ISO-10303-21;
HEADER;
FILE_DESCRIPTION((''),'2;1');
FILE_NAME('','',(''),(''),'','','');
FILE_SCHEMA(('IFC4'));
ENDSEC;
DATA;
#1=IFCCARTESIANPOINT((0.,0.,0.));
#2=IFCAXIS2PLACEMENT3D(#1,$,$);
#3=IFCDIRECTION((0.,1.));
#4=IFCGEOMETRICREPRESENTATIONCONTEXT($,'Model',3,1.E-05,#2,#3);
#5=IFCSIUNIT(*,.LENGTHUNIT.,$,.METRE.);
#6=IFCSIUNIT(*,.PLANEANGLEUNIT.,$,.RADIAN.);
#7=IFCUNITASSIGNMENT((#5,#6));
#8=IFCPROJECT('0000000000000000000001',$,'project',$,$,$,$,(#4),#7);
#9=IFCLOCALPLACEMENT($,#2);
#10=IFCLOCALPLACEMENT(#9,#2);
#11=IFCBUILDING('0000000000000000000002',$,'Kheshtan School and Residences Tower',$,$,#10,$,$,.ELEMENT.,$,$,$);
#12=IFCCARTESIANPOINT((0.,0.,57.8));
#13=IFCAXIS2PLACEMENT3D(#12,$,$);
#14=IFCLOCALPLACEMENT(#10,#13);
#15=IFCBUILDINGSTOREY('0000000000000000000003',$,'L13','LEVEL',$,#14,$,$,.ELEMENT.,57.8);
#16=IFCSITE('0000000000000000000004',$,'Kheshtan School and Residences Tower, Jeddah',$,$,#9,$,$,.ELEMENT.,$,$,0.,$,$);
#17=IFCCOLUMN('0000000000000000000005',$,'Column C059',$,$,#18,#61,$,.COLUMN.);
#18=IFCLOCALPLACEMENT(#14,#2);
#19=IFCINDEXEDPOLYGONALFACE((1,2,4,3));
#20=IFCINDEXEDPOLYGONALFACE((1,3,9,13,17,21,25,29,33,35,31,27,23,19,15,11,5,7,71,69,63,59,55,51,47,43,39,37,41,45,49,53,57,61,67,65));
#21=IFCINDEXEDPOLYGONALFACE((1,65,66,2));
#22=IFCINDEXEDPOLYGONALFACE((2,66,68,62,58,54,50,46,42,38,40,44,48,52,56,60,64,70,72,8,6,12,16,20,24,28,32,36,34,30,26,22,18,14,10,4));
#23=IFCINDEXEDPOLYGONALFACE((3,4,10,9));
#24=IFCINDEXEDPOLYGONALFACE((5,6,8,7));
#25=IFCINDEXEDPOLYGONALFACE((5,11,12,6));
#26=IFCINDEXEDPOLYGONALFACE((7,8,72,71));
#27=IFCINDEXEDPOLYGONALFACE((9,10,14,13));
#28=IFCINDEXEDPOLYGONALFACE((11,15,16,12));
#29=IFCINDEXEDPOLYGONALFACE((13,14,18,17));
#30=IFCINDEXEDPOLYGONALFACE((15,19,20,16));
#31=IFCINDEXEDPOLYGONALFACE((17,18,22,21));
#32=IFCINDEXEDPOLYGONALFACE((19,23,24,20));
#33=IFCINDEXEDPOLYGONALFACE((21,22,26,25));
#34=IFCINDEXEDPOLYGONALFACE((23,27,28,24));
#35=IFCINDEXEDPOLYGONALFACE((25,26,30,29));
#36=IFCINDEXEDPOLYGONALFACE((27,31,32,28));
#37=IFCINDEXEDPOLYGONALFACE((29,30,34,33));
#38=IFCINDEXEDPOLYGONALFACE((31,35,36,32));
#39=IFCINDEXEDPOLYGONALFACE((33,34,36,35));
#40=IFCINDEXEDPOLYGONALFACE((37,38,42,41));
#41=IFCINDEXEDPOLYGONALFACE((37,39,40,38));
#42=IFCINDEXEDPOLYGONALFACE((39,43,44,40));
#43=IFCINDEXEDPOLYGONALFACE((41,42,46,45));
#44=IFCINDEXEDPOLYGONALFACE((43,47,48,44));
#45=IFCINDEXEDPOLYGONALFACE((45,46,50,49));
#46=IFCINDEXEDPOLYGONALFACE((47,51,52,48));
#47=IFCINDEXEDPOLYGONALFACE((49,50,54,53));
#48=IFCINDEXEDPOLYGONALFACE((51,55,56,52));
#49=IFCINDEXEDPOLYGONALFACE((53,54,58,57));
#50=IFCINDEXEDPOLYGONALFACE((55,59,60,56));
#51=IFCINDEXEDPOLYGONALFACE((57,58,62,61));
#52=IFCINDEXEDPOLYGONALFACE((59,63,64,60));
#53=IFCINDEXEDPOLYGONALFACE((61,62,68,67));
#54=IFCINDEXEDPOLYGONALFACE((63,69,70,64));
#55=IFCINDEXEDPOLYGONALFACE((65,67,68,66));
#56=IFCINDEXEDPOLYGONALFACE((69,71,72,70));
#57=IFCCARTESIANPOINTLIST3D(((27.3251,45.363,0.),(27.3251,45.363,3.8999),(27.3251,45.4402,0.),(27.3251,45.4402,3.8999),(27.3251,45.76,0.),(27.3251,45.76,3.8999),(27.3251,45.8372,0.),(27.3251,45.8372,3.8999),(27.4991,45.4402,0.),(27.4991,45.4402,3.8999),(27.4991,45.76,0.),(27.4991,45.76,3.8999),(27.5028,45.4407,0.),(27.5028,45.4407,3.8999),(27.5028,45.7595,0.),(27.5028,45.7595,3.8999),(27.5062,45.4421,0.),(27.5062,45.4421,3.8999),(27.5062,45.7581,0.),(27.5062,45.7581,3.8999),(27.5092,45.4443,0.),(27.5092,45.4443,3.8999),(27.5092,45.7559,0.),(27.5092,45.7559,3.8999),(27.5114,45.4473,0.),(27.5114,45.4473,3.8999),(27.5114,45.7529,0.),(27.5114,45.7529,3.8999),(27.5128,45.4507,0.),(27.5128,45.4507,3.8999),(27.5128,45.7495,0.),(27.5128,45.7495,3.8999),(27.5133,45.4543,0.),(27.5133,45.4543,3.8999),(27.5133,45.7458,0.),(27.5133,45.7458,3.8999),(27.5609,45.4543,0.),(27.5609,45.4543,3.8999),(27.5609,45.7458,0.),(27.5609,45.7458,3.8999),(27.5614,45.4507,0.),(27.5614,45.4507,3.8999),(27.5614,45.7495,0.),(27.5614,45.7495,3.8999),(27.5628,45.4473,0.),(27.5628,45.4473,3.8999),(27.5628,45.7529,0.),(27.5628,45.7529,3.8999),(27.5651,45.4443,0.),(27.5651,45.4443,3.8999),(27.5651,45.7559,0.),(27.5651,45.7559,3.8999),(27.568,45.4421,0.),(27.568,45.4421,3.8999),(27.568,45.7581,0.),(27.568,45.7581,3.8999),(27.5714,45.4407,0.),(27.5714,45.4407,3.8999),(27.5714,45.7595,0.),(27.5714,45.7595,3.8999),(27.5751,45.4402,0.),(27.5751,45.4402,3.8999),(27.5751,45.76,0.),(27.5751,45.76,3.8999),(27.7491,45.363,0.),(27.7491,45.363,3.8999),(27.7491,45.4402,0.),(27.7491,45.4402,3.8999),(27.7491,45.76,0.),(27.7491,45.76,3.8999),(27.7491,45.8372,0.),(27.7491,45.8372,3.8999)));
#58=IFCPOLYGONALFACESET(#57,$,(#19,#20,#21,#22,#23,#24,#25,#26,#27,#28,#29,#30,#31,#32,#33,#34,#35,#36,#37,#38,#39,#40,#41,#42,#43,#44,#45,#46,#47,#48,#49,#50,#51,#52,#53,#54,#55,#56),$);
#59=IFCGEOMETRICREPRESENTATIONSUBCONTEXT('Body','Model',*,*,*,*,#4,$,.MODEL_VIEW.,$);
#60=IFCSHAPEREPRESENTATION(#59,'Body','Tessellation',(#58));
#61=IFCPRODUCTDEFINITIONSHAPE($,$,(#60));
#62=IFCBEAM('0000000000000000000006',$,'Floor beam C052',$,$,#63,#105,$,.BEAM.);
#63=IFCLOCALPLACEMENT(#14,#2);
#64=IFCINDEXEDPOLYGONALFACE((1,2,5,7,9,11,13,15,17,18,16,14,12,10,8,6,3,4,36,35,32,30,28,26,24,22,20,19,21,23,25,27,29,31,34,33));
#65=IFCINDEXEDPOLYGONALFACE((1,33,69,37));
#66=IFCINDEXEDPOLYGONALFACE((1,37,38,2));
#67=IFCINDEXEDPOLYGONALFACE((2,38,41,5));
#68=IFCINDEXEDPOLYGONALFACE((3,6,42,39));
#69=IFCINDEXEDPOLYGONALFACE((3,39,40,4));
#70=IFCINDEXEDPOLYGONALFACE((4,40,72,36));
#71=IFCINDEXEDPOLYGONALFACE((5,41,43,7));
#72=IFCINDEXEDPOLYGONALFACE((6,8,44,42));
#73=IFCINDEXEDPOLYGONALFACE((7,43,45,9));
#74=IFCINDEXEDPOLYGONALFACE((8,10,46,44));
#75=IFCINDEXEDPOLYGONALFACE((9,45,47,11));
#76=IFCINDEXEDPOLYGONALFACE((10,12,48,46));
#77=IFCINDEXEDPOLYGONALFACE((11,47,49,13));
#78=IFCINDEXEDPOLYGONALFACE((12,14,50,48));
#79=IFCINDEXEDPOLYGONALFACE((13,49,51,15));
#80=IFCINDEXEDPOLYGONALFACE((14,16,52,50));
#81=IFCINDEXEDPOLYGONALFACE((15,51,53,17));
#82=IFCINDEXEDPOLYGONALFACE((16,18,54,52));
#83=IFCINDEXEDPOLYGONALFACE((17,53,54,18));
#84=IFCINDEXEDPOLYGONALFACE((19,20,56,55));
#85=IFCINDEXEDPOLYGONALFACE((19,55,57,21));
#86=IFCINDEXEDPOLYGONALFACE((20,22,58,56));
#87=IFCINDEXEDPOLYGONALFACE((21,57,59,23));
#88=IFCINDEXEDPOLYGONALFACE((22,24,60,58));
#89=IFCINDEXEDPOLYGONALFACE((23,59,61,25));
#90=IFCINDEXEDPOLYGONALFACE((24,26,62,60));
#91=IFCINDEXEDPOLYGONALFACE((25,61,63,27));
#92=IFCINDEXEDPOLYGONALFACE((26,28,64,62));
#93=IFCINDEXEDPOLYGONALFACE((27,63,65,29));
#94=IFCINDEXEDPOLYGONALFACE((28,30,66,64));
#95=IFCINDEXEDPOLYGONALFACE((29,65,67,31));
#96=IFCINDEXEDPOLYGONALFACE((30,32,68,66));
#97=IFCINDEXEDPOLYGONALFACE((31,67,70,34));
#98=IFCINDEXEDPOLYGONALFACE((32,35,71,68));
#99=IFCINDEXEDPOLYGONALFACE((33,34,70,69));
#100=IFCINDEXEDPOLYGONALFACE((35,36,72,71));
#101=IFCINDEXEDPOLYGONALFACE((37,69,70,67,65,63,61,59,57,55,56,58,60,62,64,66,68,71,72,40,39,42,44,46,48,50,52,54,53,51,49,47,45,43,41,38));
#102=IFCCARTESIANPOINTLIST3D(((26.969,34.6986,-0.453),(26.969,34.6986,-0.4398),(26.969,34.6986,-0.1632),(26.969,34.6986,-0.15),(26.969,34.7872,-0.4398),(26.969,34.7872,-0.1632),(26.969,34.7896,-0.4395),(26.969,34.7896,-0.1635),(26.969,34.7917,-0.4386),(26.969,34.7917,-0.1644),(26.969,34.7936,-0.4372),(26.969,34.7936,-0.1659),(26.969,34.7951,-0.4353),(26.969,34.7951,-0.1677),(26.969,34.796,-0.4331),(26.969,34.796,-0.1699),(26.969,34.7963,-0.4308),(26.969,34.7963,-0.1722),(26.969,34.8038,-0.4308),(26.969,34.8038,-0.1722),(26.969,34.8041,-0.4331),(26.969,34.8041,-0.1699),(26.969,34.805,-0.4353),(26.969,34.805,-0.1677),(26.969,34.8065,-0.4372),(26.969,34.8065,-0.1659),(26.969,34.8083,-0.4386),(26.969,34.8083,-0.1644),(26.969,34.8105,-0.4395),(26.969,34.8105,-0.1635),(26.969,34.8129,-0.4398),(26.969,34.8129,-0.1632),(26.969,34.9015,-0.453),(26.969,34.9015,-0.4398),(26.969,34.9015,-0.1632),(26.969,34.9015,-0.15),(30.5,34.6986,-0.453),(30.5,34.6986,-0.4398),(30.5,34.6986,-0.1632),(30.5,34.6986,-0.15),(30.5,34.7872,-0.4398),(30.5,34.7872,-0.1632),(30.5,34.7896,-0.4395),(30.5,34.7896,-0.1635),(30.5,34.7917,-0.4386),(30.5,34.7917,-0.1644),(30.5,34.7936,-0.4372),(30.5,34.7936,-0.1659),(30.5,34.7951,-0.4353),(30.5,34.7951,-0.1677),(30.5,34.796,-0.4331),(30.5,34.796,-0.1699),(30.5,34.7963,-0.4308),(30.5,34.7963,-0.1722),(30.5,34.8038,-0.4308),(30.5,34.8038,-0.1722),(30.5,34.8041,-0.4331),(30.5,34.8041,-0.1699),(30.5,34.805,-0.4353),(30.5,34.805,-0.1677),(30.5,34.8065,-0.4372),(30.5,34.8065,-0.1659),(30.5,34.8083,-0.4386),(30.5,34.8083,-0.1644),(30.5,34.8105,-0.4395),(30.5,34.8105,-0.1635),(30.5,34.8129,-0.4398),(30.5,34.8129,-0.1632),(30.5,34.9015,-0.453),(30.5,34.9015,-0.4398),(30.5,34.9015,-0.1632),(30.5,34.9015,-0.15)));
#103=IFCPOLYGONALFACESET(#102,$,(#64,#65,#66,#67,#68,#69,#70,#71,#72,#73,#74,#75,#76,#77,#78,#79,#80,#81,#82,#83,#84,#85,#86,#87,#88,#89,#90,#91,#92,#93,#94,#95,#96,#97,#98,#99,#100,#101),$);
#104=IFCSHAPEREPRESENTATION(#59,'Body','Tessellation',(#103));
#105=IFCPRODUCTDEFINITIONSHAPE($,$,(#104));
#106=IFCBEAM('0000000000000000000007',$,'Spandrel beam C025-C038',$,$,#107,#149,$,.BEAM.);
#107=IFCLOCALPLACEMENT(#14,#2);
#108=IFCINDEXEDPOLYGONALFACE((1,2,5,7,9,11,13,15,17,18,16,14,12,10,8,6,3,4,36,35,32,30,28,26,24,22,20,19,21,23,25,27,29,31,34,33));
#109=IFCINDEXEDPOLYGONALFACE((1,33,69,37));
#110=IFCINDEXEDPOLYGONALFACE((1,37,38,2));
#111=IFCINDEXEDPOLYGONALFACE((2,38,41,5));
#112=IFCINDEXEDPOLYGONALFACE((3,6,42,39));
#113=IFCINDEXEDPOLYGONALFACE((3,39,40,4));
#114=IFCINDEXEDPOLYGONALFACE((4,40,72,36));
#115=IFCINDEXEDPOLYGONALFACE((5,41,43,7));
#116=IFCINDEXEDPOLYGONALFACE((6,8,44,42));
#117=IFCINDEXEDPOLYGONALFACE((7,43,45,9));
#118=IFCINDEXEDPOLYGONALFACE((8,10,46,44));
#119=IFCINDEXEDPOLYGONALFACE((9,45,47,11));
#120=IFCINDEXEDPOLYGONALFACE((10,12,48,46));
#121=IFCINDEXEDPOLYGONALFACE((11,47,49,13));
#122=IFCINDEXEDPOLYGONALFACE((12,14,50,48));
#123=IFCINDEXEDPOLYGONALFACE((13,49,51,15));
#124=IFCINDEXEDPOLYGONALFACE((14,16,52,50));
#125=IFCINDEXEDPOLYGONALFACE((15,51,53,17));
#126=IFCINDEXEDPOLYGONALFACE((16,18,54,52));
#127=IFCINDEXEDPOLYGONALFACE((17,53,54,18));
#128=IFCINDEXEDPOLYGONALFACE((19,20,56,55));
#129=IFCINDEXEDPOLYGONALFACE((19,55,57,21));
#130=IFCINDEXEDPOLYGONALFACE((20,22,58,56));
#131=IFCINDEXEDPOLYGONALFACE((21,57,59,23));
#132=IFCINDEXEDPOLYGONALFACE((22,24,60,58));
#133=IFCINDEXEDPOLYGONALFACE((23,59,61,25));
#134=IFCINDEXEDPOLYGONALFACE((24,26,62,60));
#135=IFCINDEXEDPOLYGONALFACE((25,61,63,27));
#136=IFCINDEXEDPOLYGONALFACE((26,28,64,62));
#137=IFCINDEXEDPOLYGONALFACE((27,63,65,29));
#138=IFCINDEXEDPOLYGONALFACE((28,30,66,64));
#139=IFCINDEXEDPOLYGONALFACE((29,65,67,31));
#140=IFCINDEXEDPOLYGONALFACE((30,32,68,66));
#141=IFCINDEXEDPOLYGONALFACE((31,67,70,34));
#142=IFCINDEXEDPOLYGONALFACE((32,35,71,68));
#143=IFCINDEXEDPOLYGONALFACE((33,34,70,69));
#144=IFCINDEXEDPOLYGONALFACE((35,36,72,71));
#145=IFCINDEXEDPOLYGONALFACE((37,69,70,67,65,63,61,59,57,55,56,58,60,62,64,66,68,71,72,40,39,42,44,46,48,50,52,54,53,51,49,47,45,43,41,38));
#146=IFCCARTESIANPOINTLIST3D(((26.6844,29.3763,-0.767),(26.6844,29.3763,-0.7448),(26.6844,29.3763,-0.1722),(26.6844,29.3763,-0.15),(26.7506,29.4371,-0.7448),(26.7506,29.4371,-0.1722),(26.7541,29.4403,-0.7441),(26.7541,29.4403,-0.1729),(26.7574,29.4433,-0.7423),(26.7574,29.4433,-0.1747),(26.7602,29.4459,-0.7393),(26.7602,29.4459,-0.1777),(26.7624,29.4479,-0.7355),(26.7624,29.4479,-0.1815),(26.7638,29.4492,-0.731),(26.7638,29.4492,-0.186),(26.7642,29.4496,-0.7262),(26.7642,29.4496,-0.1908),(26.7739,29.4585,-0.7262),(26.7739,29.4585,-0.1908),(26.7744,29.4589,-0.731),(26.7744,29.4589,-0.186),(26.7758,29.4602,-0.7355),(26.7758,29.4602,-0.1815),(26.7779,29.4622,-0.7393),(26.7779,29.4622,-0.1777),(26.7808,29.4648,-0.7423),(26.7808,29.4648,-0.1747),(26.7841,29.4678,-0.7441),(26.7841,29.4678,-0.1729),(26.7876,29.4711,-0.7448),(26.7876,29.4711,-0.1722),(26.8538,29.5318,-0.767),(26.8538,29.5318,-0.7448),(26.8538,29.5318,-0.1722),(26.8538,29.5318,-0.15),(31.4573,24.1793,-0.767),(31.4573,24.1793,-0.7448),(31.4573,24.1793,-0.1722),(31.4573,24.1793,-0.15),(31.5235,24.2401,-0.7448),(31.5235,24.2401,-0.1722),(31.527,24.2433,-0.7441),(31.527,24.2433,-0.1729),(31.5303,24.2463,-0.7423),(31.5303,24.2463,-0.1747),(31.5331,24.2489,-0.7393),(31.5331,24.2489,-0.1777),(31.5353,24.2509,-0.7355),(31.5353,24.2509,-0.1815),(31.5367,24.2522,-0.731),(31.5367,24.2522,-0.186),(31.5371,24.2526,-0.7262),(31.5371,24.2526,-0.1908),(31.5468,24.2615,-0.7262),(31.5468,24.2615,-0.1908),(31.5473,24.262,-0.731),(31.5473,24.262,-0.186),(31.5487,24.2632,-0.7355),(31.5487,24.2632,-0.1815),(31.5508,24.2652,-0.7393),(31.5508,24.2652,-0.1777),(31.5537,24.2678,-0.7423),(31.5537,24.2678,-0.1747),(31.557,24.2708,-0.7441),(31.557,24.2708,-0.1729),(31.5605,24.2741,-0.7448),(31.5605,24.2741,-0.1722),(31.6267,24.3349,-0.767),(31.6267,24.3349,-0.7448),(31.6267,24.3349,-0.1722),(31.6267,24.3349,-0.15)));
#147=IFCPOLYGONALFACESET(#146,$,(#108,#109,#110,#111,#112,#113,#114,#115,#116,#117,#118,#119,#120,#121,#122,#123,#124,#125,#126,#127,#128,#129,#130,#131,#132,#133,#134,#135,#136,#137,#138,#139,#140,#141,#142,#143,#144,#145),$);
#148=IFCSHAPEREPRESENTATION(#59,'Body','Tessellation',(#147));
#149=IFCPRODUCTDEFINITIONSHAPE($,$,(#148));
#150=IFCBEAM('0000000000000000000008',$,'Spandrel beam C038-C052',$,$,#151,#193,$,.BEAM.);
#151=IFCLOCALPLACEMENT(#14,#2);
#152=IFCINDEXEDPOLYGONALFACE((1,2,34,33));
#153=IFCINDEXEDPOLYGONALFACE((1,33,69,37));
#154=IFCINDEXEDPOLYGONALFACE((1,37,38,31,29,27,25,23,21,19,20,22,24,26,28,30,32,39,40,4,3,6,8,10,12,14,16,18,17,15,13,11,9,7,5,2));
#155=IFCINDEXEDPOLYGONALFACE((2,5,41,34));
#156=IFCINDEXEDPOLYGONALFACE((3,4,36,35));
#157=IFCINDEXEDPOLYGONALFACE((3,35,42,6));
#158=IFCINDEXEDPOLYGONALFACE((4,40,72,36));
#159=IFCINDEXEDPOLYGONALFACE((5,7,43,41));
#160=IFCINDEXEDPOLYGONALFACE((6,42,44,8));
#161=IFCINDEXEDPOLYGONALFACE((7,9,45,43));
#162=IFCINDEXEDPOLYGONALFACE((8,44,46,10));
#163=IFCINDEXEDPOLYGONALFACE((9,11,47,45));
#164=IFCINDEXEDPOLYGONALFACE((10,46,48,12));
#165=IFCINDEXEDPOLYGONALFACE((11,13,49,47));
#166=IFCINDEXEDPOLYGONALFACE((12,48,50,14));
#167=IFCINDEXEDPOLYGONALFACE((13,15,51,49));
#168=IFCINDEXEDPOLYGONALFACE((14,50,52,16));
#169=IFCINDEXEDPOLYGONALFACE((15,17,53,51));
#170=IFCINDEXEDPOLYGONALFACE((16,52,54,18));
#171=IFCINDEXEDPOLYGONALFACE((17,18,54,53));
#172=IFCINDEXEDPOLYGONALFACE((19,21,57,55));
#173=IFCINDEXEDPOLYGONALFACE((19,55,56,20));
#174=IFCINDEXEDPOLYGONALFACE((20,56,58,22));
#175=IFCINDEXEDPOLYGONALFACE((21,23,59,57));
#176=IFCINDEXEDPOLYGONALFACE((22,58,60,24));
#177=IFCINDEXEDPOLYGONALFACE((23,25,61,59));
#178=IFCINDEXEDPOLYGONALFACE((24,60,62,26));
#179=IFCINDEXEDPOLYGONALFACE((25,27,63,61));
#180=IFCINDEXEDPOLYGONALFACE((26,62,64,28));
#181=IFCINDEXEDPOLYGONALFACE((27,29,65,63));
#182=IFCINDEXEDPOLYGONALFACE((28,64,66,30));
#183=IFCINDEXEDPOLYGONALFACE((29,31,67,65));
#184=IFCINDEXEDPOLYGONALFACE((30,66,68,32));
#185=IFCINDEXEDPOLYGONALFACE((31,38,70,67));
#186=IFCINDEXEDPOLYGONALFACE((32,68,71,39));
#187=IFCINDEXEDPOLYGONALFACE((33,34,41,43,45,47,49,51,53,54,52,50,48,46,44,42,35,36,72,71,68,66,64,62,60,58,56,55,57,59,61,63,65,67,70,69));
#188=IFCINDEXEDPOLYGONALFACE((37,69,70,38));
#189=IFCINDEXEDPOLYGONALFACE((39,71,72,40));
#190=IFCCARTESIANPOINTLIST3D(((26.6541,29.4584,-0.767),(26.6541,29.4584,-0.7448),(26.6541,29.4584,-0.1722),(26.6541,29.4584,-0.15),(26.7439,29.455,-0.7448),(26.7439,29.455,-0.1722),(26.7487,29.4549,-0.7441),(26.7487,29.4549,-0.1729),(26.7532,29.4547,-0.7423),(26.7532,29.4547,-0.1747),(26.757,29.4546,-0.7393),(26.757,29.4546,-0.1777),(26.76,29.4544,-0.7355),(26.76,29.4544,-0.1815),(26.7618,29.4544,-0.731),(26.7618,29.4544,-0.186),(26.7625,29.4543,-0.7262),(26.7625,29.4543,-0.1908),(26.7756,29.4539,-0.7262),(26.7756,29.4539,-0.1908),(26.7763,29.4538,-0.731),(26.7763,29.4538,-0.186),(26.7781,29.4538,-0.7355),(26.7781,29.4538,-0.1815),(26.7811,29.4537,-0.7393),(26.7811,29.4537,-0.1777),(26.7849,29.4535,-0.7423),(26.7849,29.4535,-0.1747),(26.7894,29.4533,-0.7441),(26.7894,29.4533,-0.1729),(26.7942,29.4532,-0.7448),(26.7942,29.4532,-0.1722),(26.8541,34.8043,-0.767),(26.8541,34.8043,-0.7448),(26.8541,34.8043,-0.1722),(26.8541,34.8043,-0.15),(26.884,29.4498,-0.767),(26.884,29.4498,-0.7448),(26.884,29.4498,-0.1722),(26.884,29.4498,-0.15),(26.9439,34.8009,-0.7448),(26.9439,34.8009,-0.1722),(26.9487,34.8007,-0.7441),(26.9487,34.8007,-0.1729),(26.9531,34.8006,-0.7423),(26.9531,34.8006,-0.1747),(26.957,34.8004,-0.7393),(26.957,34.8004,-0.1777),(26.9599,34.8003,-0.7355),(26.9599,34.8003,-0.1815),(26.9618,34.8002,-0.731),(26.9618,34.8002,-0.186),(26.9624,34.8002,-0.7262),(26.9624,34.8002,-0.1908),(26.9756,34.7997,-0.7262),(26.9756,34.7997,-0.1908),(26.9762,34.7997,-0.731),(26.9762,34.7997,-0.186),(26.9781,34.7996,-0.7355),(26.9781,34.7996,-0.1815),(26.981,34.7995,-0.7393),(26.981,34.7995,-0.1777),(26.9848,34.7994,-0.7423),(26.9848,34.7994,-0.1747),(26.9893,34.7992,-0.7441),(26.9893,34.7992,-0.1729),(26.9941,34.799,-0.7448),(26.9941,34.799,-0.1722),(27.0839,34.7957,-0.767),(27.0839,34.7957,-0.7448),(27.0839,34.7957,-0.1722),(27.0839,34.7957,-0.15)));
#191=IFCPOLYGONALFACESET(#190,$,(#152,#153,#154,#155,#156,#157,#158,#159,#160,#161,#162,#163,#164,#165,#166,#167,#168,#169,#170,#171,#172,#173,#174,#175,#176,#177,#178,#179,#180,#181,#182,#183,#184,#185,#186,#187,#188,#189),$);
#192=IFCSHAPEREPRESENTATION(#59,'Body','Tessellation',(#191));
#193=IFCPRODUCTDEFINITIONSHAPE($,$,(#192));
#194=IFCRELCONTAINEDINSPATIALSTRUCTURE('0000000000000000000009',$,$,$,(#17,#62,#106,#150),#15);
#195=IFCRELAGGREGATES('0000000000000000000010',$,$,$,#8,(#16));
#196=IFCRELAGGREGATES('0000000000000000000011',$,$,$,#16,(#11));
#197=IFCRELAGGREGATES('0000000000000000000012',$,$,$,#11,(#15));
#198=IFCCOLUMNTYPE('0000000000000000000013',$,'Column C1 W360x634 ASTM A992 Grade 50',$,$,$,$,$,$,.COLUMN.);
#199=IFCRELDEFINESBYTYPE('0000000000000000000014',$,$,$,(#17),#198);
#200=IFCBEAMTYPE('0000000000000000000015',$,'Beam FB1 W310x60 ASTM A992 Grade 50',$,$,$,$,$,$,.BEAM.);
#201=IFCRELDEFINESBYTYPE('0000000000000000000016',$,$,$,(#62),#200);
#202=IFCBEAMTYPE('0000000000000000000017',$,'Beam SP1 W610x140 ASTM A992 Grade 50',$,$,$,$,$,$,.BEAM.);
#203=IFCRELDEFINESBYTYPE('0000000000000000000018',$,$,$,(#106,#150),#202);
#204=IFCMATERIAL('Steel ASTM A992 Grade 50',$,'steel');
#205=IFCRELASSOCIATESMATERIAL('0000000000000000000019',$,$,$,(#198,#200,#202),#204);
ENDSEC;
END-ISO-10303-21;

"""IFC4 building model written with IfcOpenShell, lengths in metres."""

from ifc_helpers import new_model, si_unit, direction, frame, origin, origin_2d, place, context, subcontext, project, spatial, i_section, extrude, material, material_profile, profile_set, type_object, element, save


model = new_model("IFC4")

# Units and contexts
model_context = context("Model", 3, precision=1e-05, world=origin(), true_north=direction((0.0, 1.0)))
body_context = subcontext(model_context, "Body", "Model", "MODEL_VIEW")
ifc_project = project(units=[si_unit("LENGTHUNIT", "METRE"), si_unit("PLANEANGLEUNIT", "RADIAN")], contexts=[model_context])

# Site, building, storey
site_placement = place(None, origin())
site = spatial("IfcSite", under=ifc_project, at=site_placement, Name="Kheshtan School and Residences Tower, Jeddah", CompositionType="ELEMENT", RefElevation=0.0)
building_placement = place(site_placement, origin())
building = spatial("IfcBuilding", under=site, at=building_placement, Name="Kheshtan School and Residences Tower", CompositionType="ELEMENT")
storey_placement = place(building_placement, frame((0.0, 0.0, 57.8)))
storey = spatial("IfcBuildingStorey", under=building, at=storey_placement, Name="L13", Description="LEVEL", CompositionType="ELEMENT", Elevation=57.8)

# Column
ifc_material_1 = material(Name="Steel ASTM A992 Grade 50", Category="steel")
ifc_material_profile_1 = material_profile(ifc_material_1, i_section(OverallWidth=0.4241, OverallDepth=0.4741, WebThickness=0.0476, FlangeThickness=0.0771, FilletRadius=0.0142, at=origin_2d()), Name="W360x634")
ifc_profile_set_1 = profile_set([ifc_material_profile_1], Name="Steel ASTM A992 Grade 50")
column_type = type_object("IfcColumnType", Name="Column C1 W360x634 ASTM A992 Grade 50", PredefinedType="COLUMN", material=ifc_profile_set_1)
for number, where, z_axis, x_axis, name in (
    (1, (27.5371, 45.6001, 0.0), (0.0, 0.0, 1.0), (1.0, 0.0, 0.0), "Column C059"),
):
    element("IfcColumn", number, at=place(storey_placement, frame(where, z_axis=z_axis, x_axis=x_axis)), inside=storey, type_object=column_type, Name=name, PredefinedType="COLUMN", context=body_context, shape_type="SweptSolid", body=[
        extrude(i_section(OverallWidth=0.4241, OverallDepth=0.4741, WebThickness=0.0476, FlangeThickness=0.0771, FilletRadius=0.0142, at=origin_2d()), origin(), (0.0, 0.0, 1.0), 3.8999),
    ])

# Beams
ifc_material_profile_2 = material_profile(ifc_material_1, i_section(OverallWidth=0.2029, OverallDepth=0.303, WebThickness=0.0076, FlangeThickness=0.0132, FilletRadius=0.009, at=origin_2d()), Name="W310x60")
ifc_profile_set_2 = profile_set([ifc_material_profile_2], Name="Steel ASTM A992 Grade 50")
beam_type_1 = type_object("IfcBeamType", Name="Beam FB1 W310x60 ASTM A992 Grade 50", PredefinedType="BEAM", material=ifc_profile_set_2)
beam_1_placement = place(storey_placement, frame((26.969, 34.8, -0.3015), z_axis=(1.0, 0.0, 0.0), x_axis=(0.0, 1.0, 0.0)))
element("IfcBeam", 2, at=beam_1_placement, inside=storey, type_object=beam_type_1, Name="Floor beam C052", PredefinedType="BEAM", context=body_context, shape_type="SweptSolid", body=[
    extrude(i_section(OverallWidth=0.2029, OverallDepth=0.303, WebThickness=0.0076, FlangeThickness=0.0132, FilletRadius=0.009, at=origin_2d()), origin(), (0.0, 0.0, 1.0), 3.531),
])
ifc_material_profile_3 = material_profile(ifc_material_1, i_section(OverallWidth=0.23, OverallDepth=0.6169, WebThickness=0.0132, FlangeThickness=0.0222, FilletRadius=0.0186, at=origin_2d()), Name="W610x140")
ifc_profile_set_3 = profile_set([ifc_material_profile_3], Name="Steel ASTM A992 Grade 50")
beam_type_2 = type_object("IfcBeamType", Name="Beam SP1 W610x140 ASTM A992 Grade 50", PredefinedType="BEAM", material=ifc_profile_set_3)
beam_2_placement = place(storey_placement, frame((31.542, 24.2571, -0.4585), z_axis=(-0.676418, 0.736518, 0.0), x_axis=(-0.736518, -0.676418, 0.0)))
element("IfcBeam", 3, at=beam_2_placement, inside=storey, type_object=beam_type_2, Name="Spandrel beam C025-C038", PredefinedType="BEAM", context=body_context, shape_type="SweptSolid", body=[
    extrude(i_section(OverallWidth=0.23, OverallDepth=0.6169, WebThickness=0.0132, FlangeThickness=0.0222, FilletRadius=0.0186, at=origin_2d()), origin(), (0.0, 0.0, 1.0), 7.0562),
])
beam_3_placement = place(storey_placement, frame((26.769, 29.4541, -0.4585), z_axis=(0.037376, 0.999301, 0.0), x_axis=(-0.999301, 0.037376, 0.0)))
element("IfcBeam", 4, at=beam_3_placement, inside=storey, type_object=beam_type_2, Name="Spandrel beam C038-C052", PredefinedType="BEAM", context=body_context, shape_type="SweptSolid", body=[
    extrude(i_section(OverallWidth=0.23, OverallDepth=0.6169, WebThickness=0.0132, FlangeThickness=0.0222, FilletRadius=0.0186, at=origin_2d()), origin(), (0.0, 0.0, 1.0), 5.3496),
])

save(model, "model.ifc")
